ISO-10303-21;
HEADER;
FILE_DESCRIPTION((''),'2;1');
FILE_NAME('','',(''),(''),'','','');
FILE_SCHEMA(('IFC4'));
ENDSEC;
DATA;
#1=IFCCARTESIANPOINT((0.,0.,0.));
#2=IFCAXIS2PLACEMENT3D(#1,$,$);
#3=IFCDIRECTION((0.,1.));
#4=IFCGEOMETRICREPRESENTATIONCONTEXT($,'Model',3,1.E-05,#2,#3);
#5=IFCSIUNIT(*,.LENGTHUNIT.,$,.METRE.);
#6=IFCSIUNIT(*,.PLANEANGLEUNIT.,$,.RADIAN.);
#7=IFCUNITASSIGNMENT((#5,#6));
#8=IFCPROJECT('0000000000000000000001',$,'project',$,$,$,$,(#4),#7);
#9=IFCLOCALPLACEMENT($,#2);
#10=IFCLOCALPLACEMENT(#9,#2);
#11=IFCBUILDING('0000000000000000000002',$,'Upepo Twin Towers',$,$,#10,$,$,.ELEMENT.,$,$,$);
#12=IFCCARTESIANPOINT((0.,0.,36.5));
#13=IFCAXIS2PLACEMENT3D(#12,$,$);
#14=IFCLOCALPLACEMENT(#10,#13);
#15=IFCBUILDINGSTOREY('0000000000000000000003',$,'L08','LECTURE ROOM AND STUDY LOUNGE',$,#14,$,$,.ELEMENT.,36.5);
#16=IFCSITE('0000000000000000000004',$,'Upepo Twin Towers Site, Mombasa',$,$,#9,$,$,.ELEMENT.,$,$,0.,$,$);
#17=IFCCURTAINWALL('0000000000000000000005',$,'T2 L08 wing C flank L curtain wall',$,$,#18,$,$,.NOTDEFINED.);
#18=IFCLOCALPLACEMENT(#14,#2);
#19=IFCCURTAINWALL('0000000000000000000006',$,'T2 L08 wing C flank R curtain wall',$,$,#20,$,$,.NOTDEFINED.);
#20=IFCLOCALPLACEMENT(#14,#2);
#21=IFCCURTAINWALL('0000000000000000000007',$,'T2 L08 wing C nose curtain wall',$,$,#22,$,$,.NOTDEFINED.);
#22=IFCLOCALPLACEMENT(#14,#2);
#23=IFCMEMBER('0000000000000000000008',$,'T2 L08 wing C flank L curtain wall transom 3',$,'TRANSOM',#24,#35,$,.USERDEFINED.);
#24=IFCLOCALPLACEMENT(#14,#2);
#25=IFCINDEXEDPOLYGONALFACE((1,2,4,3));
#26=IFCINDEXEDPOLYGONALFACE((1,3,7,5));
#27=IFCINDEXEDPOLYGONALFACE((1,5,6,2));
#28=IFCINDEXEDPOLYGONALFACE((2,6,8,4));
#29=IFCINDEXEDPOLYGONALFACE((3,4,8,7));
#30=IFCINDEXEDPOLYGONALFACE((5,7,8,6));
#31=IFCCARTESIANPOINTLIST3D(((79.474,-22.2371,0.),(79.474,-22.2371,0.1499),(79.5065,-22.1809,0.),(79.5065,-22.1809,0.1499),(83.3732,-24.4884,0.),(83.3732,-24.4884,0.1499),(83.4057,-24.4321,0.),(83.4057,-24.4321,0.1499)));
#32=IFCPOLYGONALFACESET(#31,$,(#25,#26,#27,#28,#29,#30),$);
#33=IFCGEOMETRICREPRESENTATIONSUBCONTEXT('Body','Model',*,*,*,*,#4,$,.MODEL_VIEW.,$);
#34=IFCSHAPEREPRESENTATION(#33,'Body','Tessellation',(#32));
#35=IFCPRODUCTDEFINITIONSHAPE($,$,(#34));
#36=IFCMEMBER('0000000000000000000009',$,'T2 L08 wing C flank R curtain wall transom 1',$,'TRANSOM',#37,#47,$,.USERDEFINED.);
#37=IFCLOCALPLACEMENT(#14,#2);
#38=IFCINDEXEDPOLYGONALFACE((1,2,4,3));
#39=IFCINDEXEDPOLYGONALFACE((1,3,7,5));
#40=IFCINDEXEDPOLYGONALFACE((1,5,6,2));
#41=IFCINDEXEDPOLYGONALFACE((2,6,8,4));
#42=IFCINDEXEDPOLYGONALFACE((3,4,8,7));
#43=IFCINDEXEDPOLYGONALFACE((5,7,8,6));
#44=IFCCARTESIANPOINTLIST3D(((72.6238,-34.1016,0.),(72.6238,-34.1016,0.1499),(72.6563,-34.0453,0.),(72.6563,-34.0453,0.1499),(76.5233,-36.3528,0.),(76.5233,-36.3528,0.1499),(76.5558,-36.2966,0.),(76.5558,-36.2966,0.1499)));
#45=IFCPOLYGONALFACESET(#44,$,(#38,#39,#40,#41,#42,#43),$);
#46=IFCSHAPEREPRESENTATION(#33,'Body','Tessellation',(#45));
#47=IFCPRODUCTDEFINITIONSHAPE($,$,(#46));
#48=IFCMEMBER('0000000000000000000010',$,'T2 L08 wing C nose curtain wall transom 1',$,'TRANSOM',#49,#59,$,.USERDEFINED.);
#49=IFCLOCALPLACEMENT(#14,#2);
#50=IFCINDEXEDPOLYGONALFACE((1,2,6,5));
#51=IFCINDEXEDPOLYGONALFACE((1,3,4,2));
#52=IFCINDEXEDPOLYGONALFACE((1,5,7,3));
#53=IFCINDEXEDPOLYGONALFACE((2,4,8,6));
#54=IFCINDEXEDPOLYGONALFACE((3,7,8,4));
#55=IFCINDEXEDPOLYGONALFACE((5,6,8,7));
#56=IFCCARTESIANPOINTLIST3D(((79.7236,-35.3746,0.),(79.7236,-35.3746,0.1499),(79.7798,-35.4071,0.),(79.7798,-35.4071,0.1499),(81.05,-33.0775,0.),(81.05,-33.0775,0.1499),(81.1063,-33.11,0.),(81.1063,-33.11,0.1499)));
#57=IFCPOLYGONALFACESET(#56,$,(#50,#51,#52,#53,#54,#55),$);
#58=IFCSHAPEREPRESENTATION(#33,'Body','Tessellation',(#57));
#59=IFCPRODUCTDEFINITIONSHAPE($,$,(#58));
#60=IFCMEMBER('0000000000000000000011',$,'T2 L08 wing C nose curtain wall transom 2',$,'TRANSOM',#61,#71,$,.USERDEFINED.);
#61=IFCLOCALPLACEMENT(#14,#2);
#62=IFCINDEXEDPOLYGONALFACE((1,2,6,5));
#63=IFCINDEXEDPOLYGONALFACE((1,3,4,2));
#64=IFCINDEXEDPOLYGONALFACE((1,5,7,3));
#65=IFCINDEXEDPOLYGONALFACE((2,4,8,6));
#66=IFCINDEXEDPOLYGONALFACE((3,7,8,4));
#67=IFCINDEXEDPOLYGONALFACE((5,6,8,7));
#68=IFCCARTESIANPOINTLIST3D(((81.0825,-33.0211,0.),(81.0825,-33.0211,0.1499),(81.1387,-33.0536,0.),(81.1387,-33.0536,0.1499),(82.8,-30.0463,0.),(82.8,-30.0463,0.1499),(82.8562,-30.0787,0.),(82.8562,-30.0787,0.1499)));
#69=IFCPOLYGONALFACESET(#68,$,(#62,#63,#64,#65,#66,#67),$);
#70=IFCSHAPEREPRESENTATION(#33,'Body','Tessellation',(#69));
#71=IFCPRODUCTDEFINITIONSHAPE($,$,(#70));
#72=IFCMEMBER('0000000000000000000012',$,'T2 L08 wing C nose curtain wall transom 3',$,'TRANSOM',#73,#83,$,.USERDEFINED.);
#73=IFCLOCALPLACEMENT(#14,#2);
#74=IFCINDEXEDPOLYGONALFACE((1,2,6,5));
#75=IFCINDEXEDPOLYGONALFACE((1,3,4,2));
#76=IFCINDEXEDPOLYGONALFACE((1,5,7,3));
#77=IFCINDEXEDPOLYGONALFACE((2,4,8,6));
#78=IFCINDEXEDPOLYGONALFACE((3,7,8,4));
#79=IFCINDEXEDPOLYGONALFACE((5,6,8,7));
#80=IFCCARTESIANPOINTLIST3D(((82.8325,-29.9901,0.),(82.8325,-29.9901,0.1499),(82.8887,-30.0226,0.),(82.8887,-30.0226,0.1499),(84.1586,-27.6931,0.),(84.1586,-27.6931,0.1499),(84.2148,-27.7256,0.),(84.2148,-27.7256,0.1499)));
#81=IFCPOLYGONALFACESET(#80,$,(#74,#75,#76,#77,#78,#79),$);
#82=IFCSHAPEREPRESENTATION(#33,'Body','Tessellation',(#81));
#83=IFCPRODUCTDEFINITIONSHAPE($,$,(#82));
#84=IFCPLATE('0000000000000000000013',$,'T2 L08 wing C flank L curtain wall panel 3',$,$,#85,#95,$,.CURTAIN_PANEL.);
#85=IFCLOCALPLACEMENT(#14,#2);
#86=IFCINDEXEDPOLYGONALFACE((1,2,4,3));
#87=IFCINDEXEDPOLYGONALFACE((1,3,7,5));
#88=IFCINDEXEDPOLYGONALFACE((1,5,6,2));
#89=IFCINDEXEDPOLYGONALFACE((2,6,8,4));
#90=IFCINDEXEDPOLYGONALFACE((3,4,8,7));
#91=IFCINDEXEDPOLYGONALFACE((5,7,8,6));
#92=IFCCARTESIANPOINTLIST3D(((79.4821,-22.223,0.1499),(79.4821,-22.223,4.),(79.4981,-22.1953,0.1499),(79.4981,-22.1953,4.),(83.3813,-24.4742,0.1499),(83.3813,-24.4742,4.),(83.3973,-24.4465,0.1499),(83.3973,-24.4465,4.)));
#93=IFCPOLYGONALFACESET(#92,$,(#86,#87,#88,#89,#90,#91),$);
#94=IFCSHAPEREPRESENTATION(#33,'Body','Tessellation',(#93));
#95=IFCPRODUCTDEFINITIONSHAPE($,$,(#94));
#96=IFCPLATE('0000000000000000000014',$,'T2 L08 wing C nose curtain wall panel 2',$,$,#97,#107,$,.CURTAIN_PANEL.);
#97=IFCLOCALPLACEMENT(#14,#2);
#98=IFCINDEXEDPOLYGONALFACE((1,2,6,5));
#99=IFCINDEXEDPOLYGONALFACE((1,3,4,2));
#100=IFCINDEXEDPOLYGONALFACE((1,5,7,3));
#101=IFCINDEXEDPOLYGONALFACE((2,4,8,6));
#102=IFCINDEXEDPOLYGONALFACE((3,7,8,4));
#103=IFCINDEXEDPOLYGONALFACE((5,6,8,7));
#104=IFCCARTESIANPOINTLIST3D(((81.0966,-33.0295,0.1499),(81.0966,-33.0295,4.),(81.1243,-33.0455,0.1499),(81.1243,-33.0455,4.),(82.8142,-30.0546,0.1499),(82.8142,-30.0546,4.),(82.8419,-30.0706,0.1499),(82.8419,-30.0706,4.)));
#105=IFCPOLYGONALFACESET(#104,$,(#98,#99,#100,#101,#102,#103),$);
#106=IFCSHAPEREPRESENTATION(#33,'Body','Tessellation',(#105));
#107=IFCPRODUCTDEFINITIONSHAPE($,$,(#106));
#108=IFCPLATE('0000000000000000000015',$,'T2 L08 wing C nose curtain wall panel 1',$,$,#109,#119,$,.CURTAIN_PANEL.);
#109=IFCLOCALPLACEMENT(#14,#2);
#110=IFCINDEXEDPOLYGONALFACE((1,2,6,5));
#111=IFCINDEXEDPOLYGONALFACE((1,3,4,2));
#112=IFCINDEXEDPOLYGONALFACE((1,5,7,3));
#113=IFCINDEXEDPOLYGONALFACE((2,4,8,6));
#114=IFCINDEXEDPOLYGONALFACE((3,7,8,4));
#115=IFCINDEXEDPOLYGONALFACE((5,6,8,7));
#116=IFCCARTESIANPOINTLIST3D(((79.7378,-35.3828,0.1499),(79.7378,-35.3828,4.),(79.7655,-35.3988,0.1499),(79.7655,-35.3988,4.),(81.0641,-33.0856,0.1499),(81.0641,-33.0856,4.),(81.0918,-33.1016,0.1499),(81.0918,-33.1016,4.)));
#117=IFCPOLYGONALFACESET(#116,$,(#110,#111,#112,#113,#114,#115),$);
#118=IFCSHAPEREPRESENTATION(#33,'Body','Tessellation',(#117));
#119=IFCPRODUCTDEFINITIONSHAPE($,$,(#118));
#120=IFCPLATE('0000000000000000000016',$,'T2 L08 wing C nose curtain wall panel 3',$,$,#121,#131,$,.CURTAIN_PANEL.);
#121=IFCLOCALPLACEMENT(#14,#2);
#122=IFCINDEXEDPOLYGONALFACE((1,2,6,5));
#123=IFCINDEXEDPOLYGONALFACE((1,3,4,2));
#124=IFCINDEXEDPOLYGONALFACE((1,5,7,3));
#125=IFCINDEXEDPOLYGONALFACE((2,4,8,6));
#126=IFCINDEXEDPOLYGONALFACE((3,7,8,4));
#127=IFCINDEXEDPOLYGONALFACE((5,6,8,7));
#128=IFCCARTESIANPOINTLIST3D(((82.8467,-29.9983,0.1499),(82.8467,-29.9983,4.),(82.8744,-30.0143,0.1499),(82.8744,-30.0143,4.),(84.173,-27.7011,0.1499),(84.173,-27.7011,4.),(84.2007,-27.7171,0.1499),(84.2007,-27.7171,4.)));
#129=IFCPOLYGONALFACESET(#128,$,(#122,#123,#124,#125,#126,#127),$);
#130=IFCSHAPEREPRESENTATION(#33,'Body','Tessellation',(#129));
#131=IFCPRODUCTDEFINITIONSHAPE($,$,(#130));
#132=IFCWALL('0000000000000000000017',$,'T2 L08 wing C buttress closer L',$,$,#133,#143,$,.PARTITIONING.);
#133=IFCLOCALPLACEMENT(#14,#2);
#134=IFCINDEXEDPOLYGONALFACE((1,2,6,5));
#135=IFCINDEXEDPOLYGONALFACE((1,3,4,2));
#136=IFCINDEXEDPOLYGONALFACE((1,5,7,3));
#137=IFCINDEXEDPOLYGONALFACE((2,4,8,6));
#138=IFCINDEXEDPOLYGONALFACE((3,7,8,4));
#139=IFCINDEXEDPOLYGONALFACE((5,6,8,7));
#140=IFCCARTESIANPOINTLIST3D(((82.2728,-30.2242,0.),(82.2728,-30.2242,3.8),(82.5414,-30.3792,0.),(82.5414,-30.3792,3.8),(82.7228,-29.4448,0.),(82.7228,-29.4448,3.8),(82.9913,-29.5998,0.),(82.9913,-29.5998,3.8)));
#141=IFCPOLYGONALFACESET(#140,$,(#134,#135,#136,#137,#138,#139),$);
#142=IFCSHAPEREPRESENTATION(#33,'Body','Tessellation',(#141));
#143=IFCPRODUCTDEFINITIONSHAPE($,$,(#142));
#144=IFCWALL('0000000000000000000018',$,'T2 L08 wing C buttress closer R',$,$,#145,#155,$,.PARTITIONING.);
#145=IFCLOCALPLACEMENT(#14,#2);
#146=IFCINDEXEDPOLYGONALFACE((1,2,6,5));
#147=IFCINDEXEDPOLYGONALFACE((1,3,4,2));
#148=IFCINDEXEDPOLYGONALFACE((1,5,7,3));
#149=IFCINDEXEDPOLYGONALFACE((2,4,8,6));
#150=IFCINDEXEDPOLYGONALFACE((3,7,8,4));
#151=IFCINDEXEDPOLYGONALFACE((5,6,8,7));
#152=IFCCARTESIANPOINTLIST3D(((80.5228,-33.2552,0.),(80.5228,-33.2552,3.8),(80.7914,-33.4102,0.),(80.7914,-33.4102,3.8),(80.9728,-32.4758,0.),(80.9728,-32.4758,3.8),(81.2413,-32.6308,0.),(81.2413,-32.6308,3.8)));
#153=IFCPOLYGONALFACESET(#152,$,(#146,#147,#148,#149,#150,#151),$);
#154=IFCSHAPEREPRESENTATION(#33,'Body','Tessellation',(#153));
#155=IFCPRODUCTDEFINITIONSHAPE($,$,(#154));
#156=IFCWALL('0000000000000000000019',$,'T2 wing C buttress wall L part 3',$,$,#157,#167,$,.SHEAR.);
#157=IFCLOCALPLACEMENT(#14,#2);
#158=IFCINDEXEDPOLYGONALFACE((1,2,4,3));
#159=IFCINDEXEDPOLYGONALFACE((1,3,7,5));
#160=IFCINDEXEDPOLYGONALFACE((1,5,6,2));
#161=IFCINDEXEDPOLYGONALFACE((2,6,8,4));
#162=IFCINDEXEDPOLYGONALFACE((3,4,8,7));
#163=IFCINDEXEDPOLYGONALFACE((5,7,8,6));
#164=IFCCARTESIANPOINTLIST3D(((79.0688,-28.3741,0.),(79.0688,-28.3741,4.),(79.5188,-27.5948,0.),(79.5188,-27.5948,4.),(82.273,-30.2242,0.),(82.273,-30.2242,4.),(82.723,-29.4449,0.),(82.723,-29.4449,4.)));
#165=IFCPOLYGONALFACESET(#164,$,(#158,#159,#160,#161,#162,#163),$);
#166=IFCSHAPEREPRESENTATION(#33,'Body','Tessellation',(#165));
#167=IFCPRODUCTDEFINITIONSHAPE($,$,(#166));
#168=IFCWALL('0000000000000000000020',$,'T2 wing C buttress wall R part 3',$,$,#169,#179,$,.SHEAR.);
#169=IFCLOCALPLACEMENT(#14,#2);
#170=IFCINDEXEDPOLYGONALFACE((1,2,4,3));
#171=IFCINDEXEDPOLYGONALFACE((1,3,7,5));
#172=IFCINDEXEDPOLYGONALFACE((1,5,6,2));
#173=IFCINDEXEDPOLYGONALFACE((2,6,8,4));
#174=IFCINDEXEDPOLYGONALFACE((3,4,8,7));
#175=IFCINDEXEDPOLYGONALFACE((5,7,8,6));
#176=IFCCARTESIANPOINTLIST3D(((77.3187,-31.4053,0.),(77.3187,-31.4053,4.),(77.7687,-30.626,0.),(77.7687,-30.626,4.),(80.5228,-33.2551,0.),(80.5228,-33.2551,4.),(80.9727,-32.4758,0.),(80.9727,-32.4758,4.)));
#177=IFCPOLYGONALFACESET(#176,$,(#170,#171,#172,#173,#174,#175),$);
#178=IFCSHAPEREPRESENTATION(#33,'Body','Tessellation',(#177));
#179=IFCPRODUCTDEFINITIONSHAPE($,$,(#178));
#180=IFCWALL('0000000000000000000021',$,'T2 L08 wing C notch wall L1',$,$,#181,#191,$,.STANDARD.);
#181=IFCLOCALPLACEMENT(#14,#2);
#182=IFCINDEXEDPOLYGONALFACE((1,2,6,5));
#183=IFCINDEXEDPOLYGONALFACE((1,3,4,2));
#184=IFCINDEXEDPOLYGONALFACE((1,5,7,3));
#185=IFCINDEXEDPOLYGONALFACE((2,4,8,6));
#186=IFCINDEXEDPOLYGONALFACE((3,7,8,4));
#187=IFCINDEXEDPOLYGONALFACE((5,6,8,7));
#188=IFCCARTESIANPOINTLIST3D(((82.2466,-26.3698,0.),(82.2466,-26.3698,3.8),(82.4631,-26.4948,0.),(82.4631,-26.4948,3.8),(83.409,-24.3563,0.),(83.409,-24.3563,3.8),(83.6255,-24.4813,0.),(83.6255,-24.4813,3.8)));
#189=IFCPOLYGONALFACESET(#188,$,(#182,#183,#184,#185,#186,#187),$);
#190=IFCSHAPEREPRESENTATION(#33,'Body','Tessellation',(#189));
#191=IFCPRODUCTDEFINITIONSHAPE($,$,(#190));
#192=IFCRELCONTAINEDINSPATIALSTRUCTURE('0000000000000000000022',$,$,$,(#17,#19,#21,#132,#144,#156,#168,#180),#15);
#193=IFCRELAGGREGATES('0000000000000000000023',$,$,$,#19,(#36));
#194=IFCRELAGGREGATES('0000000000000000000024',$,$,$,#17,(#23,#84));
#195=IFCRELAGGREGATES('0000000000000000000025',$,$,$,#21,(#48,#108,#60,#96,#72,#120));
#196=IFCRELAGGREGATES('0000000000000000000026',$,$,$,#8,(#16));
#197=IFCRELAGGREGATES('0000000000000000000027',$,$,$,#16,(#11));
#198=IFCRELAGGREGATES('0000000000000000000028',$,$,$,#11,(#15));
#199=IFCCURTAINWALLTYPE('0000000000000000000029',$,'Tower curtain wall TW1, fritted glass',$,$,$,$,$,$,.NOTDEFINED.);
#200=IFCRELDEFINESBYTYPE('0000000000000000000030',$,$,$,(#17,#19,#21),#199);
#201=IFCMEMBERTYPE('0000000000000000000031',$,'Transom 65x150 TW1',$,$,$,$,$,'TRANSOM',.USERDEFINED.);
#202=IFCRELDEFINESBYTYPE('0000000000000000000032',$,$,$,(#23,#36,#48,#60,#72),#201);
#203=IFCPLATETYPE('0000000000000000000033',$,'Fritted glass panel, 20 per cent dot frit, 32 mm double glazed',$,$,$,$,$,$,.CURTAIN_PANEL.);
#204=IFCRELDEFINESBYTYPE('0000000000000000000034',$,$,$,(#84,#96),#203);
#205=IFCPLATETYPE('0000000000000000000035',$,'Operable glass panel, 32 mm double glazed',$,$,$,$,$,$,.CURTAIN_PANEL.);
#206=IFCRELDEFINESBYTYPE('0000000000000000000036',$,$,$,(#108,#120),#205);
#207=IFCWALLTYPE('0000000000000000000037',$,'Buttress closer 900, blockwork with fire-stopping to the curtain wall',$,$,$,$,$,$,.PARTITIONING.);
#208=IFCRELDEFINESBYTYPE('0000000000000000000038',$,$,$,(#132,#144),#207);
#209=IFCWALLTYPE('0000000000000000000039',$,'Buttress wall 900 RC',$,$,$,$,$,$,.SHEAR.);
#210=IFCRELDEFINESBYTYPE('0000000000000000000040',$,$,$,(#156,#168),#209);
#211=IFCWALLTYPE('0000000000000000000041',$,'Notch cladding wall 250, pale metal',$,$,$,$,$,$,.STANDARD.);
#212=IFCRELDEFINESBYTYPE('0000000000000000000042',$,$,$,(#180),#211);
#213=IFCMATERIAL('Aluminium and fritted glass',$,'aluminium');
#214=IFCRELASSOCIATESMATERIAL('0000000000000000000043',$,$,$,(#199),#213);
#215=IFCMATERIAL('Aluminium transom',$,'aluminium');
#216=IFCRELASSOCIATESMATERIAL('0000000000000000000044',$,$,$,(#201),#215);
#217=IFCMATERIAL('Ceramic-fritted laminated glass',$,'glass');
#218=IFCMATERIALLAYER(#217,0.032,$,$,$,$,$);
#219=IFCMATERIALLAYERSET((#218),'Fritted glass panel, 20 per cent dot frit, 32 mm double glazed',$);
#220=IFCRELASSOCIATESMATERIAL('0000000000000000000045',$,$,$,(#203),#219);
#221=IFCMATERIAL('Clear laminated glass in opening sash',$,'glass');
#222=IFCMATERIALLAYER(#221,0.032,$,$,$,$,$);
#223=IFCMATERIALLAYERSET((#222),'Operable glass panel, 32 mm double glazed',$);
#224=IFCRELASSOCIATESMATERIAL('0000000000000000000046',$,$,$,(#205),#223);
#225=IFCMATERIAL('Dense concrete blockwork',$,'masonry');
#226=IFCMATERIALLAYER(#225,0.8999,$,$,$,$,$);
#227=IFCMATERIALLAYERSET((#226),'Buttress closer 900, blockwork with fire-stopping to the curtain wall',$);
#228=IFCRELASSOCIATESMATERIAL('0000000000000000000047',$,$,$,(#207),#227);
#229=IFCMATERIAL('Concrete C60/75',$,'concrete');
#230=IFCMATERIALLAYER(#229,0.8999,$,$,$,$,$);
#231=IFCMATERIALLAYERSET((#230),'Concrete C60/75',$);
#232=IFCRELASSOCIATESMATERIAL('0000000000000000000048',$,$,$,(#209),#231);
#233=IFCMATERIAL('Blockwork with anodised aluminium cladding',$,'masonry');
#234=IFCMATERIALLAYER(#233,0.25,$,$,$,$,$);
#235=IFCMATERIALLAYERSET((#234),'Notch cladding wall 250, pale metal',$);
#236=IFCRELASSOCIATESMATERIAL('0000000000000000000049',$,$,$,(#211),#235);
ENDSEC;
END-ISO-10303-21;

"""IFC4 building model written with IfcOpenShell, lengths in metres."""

from ifc_helpers import new_model, si_unit, direction, frame, frame_2d, origin, origin_2d, place, context, subcontext, project, spatial, rectangle, extrude, material, layer, layer_set, material_profile, profile_set, type_object, element, aggregate, save


model = new_model("IFC4")

# Units and contexts
model_context = context("Model", 3, precision=1e-05, world=origin(), true_north=direction((0.0, 1.0)))
body_context = subcontext(model_context, "Body", "Model", "MODEL_VIEW")
ifc_project = project(units=[si_unit("LENGTHUNIT", "METRE"), si_unit("PLANEANGLEUNIT", "RADIAN")], contexts=[model_context])

# Site, building, storey
site_placement = place(None, origin())
site = spatial("IfcSite", under=ifc_project, at=site_placement, Name="Upepo Twin Towers Site, Mombasa", CompositionType="ELEMENT", RefElevation=0.0)
building_placement = place(site_placement, origin())
building = spatial("IfcBuilding", under=site, at=building_placement, Name="Upepo Twin Towers", CompositionType="ELEMENT")
storey_placement = place(building_placement, frame((0.0, 0.0, 36.5)))
storey = spatial("IfcBuildingStorey", under=building, at=storey_placement, Name="L08", Description="LECTURE ROOM AND STUDY LOUNGE", CompositionType="ELEMENT", Elevation=36.5)

# Curtain wall
ifc_material_1 = material(Name="Aluminium and fritted glass", Category="aluminium")
curtain_wall_type = type_object("IfcCurtainWallType", Name="Tower curtain wall TW1, fritted glass", PredefinedType="NOTDEFINED", material=ifc_material_1)
curtain_wall_1_placement = place(storey_placement, origin())
curtain_wall_1 = element("IfcCurtainWall", 1, at=curtain_wall_1_placement, inside=storey, type_object=curtain_wall_type, Name="T2 L08 wing C flank L curtain wall", PredefinedType="NOTDEFINED")

# Curtain wall
curtain_wall_2_placement = place(storey_placement, origin())
curtain_wall_2 = element("IfcCurtainWall", 2, at=curtain_wall_2_placement, inside=storey, type_object=curtain_wall_type, Name="T2 L08 wing C flank R curtain wall", PredefinedType="NOTDEFINED")

# Curtain wall
curtain_wall_3_placement = place(storey_placement, origin())
curtain_wall_3 = element("IfcCurtainWall", 3, at=curtain_wall_3_placement, inside=storey, type_object=curtain_wall_type, Name="T2 L08 wing C nose curtain wall", PredefinedType="NOTDEFINED")

# Members
ifc_material_2 = material(Name="Aluminium transom", Category="aluminium")
ifc_material_profile_1 = material_profile(ifc_material_2, rectangle(XDim=0.0649, YDim=0.1499, at=origin_2d()), Name="TRANSOM 65x150")
ifc_profile_set_1 = profile_set([ifc_material_profile_1], Name="Aluminium transom")
member_type_1 = type_object("IfcMemberType", Name="Transom 65x150 TW1", ElementType="TRANSOM", PredefinedType="USERDEFINED", material=ifc_profile_set_1)
member_1_placement = place(storey_placement, frame((79.4902, -22.209, 0.075), z_axis=(0.866022, -0.500006, 0.0), x_axis=(0.500006, 0.866022, 0.0)))
member_1 = element("IfcMember", 4, at=member_1_placement, type_object=member_type_1, Name="T2 L08 wing C flank L curtain wall transom 3", ObjectType="TRANSOM", PredefinedType="USERDEFINED", context=body_context, shape_type="SweptSolid", body=[
    extrude(rectangle(XDim=0.0649, YDim=0.1499, at=origin_2d()), origin(), (0.0, 0.0, 1.0), 4.5024),
])
member_2_placement = place(storey_placement, frame((76.5396, -36.3247, 0.075), z_axis=(-0.866036, 0.499982, 0.0), x_axis=(-0.499982, -0.866036, 0.0)))
member_2 = element("IfcMember", 5, at=member_2_placement, type_object=member_type_1, Name="T2 L08 wing C flank R curtain wall transom 1", ObjectType="TRANSOM", PredefinedType="USERDEFINED", context=body_context, shape_type="SweptSolid", body=[
    extrude(rectangle(XDim=0.0649, YDim=0.1499, at=origin_2d()), origin(), (0.0, 0.0, 1.0), 4.5027),
])
aggregate(curtain_wall_2, [member_2])
member_3_placement = place(storey_placement, frame((79.7517, -35.3909, 0.075), z_axis=(0.500049, 0.865997, 0.0), x_axis=(-0.865997, 0.500049, 0.0)))
member_3 = element("IfcMember", 6, at=member_3_placement, type_object=member_type_1, Name="T2 L08 wing C nose curtain wall transom 1", ObjectType="TRANSOM", PredefinedType="USERDEFINED", context=body_context, shape_type="SweptSolid", body=[
    extrude(rectangle(XDim=0.0649, YDim=0.1499, at=origin_2d()), origin(), (0.0, 0.0, 1.0), 2.6526),
])
member_4_placement = place(storey_placement, frame((81.1106, -33.0374, 0.075), z_axis=(0.499999, 0.866026, 0.0), x_axis=(-0.866026, 0.499999, 0.0)))
member_4 = element("IfcMember", 7, at=member_4_placement, type_object=member_type_1, Name="T2 L08 wing C nose curtain wall transom 2", ObjectType="TRANSOM", PredefinedType="USERDEFINED", context=body_context, shape_type="SweptSolid", body=[
    extrude(rectangle(XDim=0.0649, YDim=0.1499, at=origin_2d()), origin(), (0.0, 0.0, 1.0), 3.4351),
])
member_5_placement = place(storey_placement, frame((82.8606, -30.0063, 0.075), z_axis=(0.49998, 0.866037, 0.0), x_axis=(-0.866037, 0.49998, 0.0)))
member_5 = element("IfcMember", 8, at=member_5_placement, type_object=member_type_1, Name="T2 L08 wing C nose curtain wall transom 3", ObjectType="TRANSOM", PredefinedType="USERDEFINED", context=body_context, shape_type="SweptSolid", body=[
    extrude(rectangle(XDim=0.0649, YDim=0.1499, at=origin_2d()), origin(), (0.0, 0.0, 1.0), 2.6523),
])

# Plates
ifc_material_3 = material(Name="Ceramic-fritted laminated glass", Category="glass")
ifc_layer_1 = layer(ifc_material_3, 0.032)
ifc_layer_set_1 = layer_set([ifc_layer_1], Name="Fritted glass panel, 20 per cent dot frit, 32 mm double glazed")
plate_type_1 = type_object("IfcPlateType", Name="Fritted glass panel, 20 per cent dot frit, 32 mm double glazed", PredefinedType="CURTAIN_PANEL", material=ifc_layer_set_1)
plate_1_placement = place(storey_placement, frame((81.4397, -23.3347, 0.1499), z_axis=(0.0, 0.0, 1.0), x_axis=(0.866025, -0.5, 0.0)))
plate_1 = element("IfcPlate", 9, at=plate_1_placement, type_object=plate_type_1, Name="T2 L08 wing C flank L curtain wall panel 3", PredefinedType="CURTAIN_PANEL", context=body_context, shape_type="SweptSolid", body=[
    extrude(rectangle(XDim=4.5024, YDim=0.032, at=origin_2d()), origin(), (0.0, 0.0, 1.0), 3.8501),
])
aggregate(curtain_wall_1, [member_1, plate_1])
plate_2_placement = place(storey_placement, frame((81.9692, -31.55, 0.1499), z_axis=(0.0, 0.0, 1.0), x_axis=(0.5, 0.866025, 0.0)))
plate_2 = element("IfcPlate", 10, at=plate_2_placement, type_object=plate_type_1, Name="T2 L08 wing C nose curtain wall panel 2", PredefinedType="CURTAIN_PANEL", context=body_context, shape_type="SweptSolid", body=[
    extrude(rectangle(XDim=3.4351, YDim=0.032, at=origin_2d()), origin(), (0.0, 0.0, 1.0), 3.8501),
])
ifc_material_4 = material(Name="Clear laminated glass in opening sash", Category="glass")
ifc_layer_2 = layer(ifc_material_4, 0.032)
ifc_layer_set_2 = layer_set([ifc_layer_2], Name="Operable glass panel, 32 mm double glazed")
plate_type_2 = type_object("IfcPlateType", Name="Operable glass panel, 32 mm double glazed", PredefinedType="CURTAIN_PANEL", material=ifc_layer_set_2)
plate_3_placement = place(storey_placement, frame((80.4148, -34.2422, 0.1499), z_axis=(0.0, 0.0, 1.0), x_axis=(0.5, 0.866025, 0.0)))
plate_3 = element("IfcPlate", 11, at=plate_3_placement, type_object=plate_type_2, Name="T2 L08 wing C nose curtain wall panel 1", PredefinedType="CURTAIN_PANEL", context=body_context, shape_type="SweptSolid", body=[
    extrude(rectangle(XDim=2.6526, YDim=0.032, at=origin_2d()), origin(), (0.0, 0.0, 1.0), 3.8501),
])
plate_4_placement = place(storey_placement, frame((83.5237, -28.8577, 0.1499), z_axis=(0.0, 0.0, 1.0), x_axis=(0.5, 0.866025, 0.0)))
plate_4 = element("IfcPlate", 12, at=plate_4_placement, type_object=plate_type_2, Name="T2 L08 wing C nose curtain wall panel 3", PredefinedType="CURTAIN_PANEL", context=body_context, shape_type="SweptSolid", body=[
    extrude(rectangle(XDim=2.6526, YDim=0.032, at=origin_2d()), origin(), (0.0, 0.0, 1.0), 3.8501),
])
aggregate(curtain_wall_3, [member_3, plate_3, member_4, plate_2, member_5, plate_4])

# Walls
ifc_material_5 = material(Name="Dense concrete blockwork", Category="masonry")
ifc_layer_3 = layer(ifc_material_5, 0.8999)
ifc_layer_set_3 = layer_set([ifc_layer_3], Name="Buttress closer 900, blockwork with fire-stopping to the curtain wall")
wall_type_1 = type_object("IfcWallType", Name="Buttress closer 900, blockwork with fire-stopping to the curtain wall", PredefinedType="PARTITIONING", material=ifc_layer_set_3)
for number, where, z_axis, x_axis, name in (
    (13, (82.4978, -29.8345, 0.0), (0.0, 0.0, 1.0), (0.866054, -0.49995, 0.0), "T2 L08 wing C buttress closer L"),
    (14, (80.7478, -32.8655, 0.0), (0.0, 0.0, 1.0), (0.866054, -0.49995, 0.0), "T2 L08 wing C buttress closer R"),
):
    element("IfcWall", number, at=place(storey_placement, frame(where, z_axis=z_axis, x_axis=x_axis)), inside=storey, type_object=wall_type_1, Name=name, PredefinedType="PARTITIONING", context=body_context, shape_type="SweptSolid", body=[
        extrude(rectangle(XDim=0.3101, YDim=0.8999, at=frame_2d((0.155, 0.0))), origin(), (0.0, 0.0, 1.0), 3.8),
    ])
ifc_material_6 = material(Name="Concrete C60/75", Category="concrete")
ifc_layer_4 = layer(ifc_material_6, 0.8999)
ifc_layer_set_4 = layer_set([ifc_layer_4], Name="Concrete C60/75")
wall_type_2 = type_object("IfcWallType", Name="Buttress wall 900 RC", PredefinedType="SHEAR", material=ifc_layer_set_4)
wall_1_placement = place(storey_placement, frame((79.2937, -27.9844, 0.0), z_axis=(0.0, 0.0, 1.0), x_axis=(0.866001, -0.500042, 0.0)))
element("IfcWall", 15, at=wall_1_placement, inside=storey, type_object=wall_type_2, Name="T2 wing C buttress wall L part 3", PredefinedType="SHEAR", context=body_context, shape_type="SweptSolid", body=[
    extrude(rectangle(XDim=3.7, YDim=0.8999, at=frame_2d((1.8501, 0.0))), origin(), (0.0, 0.0, 1.0), 4.0),
])
wall_2_placement = place(storey_placement, frame((77.5437, -31.0156, 0.0), z_axis=(0.0, 0.0, 1.0), x_axis=(0.86603, -0.499993, 0.0)))
element("IfcWall", 16, at=wall_2_placement, inside=storey, type_object=wall_type_2, Name="T2 wing C buttress wall R part 3", PredefinedType="SHEAR", context=body_context, shape_type="SweptSolid", body=[
    extrude(rectangle(XDim=3.6997, YDim=0.8999, at=frame_2d((1.8499, 0.0))), origin(), (0.0, 0.0, 1.0), 4.0),
])
ifc_material_7 = material(Name="Blockwork with anodised aluminium cladding", Category="masonry")
ifc_layer_5 = layer(ifc_material_7, 0.25)
ifc_layer_set_5 = layer_set([ifc_layer_5], Name="Notch cladding wall 250, pale metal")
wall_type_3 = type_object("IfcWallType", Name="Notch cladding wall 250, pale metal", PredefinedType="STANDARD", material=ifc_layer_set_5)
for number, where, z_axis, x_axis, name in (
    (17, (83.5173, -24.4187, 0.0), (0.0, 0.0, 1.0), (-0.499968, -0.866044, 0.0), "T2 L08 wing C notch wall L1"),
):
    element("IfcWall", number, at=place(storey_placement, frame(where, z_axis=z_axis, x_axis=x_axis)), inside=storey, type_object=wall_type_3, Name=name, PredefinedType="STANDARD", context=body_context, shape_type="SweptSolid", body=[
        extrude(rectangle(XDim=2.325, YDim=0.25, at=frame_2d((1.1626, 0.0))), origin(), (0.0, 0.0, 1.0), 3.8),
    ])

save(model, "model.ifc")
